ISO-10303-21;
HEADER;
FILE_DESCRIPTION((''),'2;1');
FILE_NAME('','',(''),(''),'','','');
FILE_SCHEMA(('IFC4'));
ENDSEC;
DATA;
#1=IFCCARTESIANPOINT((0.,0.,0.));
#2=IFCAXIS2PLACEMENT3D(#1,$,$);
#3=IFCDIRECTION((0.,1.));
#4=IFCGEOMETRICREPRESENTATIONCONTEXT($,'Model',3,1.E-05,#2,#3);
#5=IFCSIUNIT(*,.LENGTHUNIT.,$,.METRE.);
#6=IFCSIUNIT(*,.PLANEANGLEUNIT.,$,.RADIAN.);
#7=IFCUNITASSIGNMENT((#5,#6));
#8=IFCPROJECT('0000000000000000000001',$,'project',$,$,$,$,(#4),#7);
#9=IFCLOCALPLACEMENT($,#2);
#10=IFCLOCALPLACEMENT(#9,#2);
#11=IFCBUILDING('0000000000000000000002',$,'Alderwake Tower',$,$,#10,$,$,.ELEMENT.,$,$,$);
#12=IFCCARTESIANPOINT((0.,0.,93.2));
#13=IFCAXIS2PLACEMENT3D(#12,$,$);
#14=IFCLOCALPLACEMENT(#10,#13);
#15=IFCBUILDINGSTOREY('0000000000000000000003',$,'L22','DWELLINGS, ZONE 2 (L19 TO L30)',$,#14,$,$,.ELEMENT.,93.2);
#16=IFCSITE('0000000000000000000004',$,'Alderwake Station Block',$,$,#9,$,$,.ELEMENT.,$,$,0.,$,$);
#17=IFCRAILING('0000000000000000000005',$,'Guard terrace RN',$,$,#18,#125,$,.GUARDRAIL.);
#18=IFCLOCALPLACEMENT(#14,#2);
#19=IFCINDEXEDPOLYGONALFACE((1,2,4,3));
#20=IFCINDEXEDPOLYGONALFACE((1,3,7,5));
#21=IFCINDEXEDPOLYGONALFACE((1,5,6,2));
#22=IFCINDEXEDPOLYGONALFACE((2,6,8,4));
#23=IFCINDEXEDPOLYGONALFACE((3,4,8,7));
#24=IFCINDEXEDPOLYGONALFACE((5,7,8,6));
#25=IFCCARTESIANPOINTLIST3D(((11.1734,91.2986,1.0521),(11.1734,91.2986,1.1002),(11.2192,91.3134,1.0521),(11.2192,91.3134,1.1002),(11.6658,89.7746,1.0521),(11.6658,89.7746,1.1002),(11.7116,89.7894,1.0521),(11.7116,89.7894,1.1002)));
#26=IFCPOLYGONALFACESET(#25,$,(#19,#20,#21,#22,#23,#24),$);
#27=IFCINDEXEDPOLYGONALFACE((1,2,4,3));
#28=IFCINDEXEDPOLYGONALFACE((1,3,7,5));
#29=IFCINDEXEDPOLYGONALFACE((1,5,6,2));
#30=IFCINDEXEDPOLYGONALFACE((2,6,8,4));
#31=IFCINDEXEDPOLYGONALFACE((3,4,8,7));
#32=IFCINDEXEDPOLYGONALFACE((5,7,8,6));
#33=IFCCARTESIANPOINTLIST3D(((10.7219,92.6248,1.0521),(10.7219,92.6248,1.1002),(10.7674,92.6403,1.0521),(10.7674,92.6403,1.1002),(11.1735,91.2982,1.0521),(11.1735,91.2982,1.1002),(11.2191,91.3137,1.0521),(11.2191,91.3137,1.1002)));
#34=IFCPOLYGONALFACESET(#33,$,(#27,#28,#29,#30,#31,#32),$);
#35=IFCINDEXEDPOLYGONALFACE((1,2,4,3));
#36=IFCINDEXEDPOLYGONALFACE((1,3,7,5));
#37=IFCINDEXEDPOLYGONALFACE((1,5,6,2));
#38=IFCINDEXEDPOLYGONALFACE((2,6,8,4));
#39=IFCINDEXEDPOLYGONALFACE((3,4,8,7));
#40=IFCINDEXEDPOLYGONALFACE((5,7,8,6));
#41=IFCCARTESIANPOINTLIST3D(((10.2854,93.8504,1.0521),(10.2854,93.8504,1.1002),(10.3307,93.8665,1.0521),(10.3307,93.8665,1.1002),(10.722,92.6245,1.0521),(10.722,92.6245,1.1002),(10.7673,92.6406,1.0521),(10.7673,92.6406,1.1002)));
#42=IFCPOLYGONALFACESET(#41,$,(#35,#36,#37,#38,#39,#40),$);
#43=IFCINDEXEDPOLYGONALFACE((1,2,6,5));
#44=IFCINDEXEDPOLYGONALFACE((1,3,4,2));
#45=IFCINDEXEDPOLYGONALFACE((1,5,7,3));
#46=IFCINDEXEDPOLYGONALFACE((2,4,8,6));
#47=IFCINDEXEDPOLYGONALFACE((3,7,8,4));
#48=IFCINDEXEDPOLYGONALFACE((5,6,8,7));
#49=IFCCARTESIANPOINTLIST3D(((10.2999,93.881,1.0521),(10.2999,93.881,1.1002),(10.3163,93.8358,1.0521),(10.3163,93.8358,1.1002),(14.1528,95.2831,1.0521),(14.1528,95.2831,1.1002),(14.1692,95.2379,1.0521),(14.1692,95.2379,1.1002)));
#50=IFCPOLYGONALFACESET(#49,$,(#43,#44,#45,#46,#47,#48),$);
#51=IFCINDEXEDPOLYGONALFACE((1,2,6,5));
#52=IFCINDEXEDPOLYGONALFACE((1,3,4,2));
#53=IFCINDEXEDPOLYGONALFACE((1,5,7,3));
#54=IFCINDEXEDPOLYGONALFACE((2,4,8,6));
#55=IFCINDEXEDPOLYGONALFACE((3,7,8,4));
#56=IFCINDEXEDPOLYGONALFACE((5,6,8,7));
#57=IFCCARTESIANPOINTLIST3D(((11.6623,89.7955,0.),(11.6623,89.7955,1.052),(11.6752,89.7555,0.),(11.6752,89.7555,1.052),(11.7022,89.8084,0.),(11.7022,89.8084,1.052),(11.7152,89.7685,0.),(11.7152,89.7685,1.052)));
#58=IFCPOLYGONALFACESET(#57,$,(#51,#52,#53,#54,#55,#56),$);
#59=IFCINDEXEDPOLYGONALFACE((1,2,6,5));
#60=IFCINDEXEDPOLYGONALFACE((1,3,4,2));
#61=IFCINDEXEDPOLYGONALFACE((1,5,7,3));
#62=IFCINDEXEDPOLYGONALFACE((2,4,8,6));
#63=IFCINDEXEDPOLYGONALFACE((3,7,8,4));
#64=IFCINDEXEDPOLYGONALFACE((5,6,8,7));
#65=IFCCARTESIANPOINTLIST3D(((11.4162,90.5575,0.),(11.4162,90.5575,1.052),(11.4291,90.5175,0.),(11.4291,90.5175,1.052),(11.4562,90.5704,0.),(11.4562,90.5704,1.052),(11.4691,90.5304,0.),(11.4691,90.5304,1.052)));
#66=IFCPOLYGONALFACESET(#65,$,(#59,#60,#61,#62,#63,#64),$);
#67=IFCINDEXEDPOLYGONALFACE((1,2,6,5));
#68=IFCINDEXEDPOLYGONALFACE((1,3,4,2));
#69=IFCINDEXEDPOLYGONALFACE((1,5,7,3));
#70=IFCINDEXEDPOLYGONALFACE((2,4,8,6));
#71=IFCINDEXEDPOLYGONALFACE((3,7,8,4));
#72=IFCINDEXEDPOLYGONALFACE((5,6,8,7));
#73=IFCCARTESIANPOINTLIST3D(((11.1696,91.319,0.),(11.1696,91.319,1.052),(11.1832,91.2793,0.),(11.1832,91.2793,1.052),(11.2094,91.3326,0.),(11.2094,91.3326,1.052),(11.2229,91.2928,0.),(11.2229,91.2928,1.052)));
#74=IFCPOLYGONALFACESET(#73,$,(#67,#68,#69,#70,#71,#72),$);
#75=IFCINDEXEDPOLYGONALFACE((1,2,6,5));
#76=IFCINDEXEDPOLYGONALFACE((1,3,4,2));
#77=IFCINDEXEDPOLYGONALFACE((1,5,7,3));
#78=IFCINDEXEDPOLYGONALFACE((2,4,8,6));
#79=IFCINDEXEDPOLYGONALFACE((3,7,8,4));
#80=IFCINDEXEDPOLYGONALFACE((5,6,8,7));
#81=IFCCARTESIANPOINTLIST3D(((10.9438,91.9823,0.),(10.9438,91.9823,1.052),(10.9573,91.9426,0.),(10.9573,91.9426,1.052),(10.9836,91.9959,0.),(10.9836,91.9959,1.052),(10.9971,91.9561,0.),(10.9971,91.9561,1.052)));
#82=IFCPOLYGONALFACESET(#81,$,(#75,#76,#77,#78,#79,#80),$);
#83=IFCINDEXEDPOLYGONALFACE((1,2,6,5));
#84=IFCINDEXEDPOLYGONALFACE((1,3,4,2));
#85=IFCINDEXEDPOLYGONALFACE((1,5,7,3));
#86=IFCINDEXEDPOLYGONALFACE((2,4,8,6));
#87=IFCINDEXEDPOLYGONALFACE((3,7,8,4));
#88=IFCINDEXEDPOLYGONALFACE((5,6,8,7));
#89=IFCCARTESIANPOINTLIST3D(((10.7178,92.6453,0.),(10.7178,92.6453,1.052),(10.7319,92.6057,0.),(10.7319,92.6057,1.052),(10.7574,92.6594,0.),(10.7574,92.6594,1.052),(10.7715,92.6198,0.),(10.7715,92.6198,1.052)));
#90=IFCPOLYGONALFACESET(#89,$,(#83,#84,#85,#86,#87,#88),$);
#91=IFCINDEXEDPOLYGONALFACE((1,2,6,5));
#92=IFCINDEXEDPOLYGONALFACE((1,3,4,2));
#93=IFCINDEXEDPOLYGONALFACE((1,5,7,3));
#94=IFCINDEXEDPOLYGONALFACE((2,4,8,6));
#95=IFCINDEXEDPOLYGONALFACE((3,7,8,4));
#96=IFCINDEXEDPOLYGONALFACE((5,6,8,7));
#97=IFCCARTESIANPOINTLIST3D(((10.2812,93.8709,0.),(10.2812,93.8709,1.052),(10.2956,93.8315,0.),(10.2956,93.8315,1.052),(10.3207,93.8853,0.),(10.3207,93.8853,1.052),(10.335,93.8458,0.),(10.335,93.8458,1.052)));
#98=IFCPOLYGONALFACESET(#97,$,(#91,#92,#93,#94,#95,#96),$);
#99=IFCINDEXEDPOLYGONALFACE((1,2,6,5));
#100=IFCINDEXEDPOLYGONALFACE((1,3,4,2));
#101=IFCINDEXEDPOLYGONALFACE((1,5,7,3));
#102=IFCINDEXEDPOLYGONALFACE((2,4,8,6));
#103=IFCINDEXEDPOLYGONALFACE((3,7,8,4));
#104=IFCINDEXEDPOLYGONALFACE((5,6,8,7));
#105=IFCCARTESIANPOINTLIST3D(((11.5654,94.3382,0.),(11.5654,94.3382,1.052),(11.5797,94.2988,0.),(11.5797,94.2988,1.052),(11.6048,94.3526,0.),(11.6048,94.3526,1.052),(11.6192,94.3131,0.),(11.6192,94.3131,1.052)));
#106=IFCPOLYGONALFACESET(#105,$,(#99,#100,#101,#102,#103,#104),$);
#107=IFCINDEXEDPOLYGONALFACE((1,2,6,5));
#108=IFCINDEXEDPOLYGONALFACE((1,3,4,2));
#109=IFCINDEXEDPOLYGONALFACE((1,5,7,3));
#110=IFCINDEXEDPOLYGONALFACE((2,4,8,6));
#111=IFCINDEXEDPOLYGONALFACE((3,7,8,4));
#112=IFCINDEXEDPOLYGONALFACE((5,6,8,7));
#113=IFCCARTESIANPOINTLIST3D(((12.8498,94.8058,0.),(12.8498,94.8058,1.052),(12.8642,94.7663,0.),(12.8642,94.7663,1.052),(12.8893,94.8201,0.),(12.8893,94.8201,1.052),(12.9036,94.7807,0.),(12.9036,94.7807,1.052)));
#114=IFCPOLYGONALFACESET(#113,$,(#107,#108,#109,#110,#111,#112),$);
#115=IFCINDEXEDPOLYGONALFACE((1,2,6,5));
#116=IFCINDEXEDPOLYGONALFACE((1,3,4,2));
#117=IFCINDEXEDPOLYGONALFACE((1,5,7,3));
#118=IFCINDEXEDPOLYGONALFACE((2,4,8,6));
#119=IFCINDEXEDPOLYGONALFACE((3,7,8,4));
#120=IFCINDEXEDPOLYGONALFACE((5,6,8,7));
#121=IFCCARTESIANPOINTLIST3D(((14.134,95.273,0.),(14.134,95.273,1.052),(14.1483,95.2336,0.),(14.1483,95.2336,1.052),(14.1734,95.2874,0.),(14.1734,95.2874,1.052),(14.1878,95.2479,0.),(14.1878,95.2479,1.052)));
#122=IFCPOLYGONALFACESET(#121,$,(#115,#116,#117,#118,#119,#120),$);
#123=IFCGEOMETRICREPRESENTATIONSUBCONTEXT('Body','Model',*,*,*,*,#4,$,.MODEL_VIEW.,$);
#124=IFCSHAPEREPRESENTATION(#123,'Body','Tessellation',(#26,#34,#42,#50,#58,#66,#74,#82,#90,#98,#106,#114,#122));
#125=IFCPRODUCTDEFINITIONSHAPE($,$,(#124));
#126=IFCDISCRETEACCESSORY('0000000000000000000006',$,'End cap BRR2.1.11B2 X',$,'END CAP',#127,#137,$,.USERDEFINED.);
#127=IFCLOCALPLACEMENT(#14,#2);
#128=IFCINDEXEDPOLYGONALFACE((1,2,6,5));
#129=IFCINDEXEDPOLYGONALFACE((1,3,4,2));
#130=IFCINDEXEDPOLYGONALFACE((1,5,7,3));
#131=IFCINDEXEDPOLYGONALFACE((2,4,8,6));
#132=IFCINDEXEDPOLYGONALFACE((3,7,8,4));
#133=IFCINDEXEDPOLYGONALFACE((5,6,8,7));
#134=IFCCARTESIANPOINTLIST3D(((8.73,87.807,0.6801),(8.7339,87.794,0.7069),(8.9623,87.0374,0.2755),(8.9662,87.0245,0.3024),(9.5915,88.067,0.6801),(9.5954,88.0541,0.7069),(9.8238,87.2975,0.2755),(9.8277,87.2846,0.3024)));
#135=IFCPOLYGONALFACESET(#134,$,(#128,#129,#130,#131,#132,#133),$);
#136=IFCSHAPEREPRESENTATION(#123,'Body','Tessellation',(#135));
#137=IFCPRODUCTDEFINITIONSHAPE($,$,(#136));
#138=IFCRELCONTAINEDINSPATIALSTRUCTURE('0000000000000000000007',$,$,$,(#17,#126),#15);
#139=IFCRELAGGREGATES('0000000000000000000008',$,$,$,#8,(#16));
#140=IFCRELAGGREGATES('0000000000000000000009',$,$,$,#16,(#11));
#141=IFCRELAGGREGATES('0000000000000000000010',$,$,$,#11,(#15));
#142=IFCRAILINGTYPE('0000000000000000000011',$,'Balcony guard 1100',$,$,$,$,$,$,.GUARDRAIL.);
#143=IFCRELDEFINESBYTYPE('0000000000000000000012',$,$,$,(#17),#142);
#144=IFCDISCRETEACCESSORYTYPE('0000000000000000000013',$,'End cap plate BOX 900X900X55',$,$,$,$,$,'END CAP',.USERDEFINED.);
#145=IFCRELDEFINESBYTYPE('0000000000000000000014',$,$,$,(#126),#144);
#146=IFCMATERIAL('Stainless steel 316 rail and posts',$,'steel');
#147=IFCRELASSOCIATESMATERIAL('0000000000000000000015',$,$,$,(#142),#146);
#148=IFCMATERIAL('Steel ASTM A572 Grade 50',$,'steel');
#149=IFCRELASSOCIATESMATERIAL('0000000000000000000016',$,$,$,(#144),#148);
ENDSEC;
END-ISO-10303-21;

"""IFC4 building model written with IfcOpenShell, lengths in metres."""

from ifc_helpers import new_model, si_unit, direction, frame, origin, origin_2d, place, context, subcontext, project, spatial, rectangle, extrude, material, material_profile, profile_set, type_object, element, save


model = new_model("IFC4")

# Units and contexts
model_context = context("Model", 3, precision=1e-05, world=origin(), true_north=direction((0.0, 1.0)))
body_context = subcontext(model_context, "Body", "Model", "MODEL_VIEW")
ifc_project = project(units=[si_unit("LENGTHUNIT", "METRE"), si_unit("PLANEANGLEUNIT", "RADIAN")], contexts=[model_context])

# Site, building, storey
site_placement = place(None, origin())
site = spatial("IfcSite", under=ifc_project, at=site_placement, Name="Alderwake Station Block", CompositionType="ELEMENT", RefElevation=0.0)
building_placement = place(site_placement, origin())
building = spatial("IfcBuilding", under=site, at=building_placement, Name="Alderwake Tower", CompositionType="ELEMENT")
storey_placement = place(building_placement, frame((0.0, 0.0, 93.2)))
storey = spatial("IfcBuildingStorey", under=building, at=storey_placement, Name="L22", Description="DWELLINGS, ZONE 2 (L19 TO L30)", CompositionType="ELEMENT", Elevation=93.2)

# Railing
ifc_material_1 = material(Name="Stainless steel 316 rail and posts", Category="steel")
railing_type = type_object("IfcRailingType", Name="Balcony guard 1100", PredefinedType="GUARDRAIL", material=ifc_material_1)
railing_1_placement = place(storey_placement, frame((11.6887, 89.782, 0.0)))
element("IfcRailing", 1, at=railing_1_placement, inside=storey, type_object=railing_type, Name="Guard terrace RN", PredefinedType="GUARDRAIL", context=body_context, shape_type="SweptSolid", body=[
    extrude(rectangle(XDim=0.0481, YDim=0.0481, at=origin_2d()), frame((0.0, 0.0, 1.0762), z_axis=(-0.307479, 0.951555, 0.0), x_axis=(-0.951555, -0.307479, 0.0)), (0.0, 0.0, 1.0), 1.6016),
    extrude(rectangle(XDim=0.0481, YDim=0.0481, at=origin_2d()), frame((-0.4924, 1.5239, 1.0762), z_axis=(-0.322284, 0.946643, 0.0), x_axis=(-0.946643, -0.322284, 0.0)), (0.0, 0.0, 1.0), 1.4014),
    extrude(rectangle(XDim=0.0481, YDim=0.0481, at=origin_2d()), frame((-0.9441, 2.8506, 1.0762), z_axis=(-0.335469, 0.942051, 0.0), x_axis=(-0.942051, -0.335469, 0.0)), (0.0, 0.0, 1.0), 1.3013),
    extrude(rectangle(XDim=0.0481, YDim=0.0481, at=origin_2d()), frame((-1.3806, 4.0764, 1.0762), z_axis=(0.939708, 0.341977, 0.0), x_axis=(-0.341977, 0.939708, 0.0)), (0.0, 0.0, 1.0), 4.1001),
    extrude(rectangle(XDim=0.042, YDim=0.042, at=origin_2d()), frame((0.0, 0.0, 0.0), z_axis=(0.0, 0.0, 1.0), x_axis=(-0.307479, 0.951555, 0.0)), (0.0, 0.0, 1.0), 1.052),
    extrude(rectangle(XDim=0.042, YDim=0.042, at=origin_2d()), frame((-0.2461, 0.762, 0.0), z_axis=(0.0, 0.0, 1.0), x_axis=(-0.307479, 0.951555, 0.0)), (0.0, 0.0, 1.0), 1.052),
    extrude(rectangle(XDim=0.042, YDim=0.042, at=origin_2d()), frame((-0.4924, 1.5239, 0.0), z_axis=(0.0, 0.0, 1.0), x_axis=(-0.322284, 0.946643, 0.0)), (0.0, 0.0, 1.0), 1.052),
    extrude(rectangle(XDim=0.042, YDim=0.042, at=origin_2d()), frame((-0.7183, 2.1873, 0.0), z_axis=(0.0, 0.0, 1.0), x_axis=(-0.322284, 0.946643, 0.0)), (0.0, 0.0, 1.0), 1.052),
    extrude(rectangle(XDim=0.042, YDim=0.042, at=origin_2d()), frame((-0.9441, 2.8506, 0.0), z_axis=(0.0, 0.0, 1.0), x_axis=(-0.335469, 0.942051, 0.0)), (0.0, 0.0, 1.0), 1.052),
    extrude(rectangle(XDim=0.042, YDim=0.042, at=origin_2d()), frame((-1.3806, 4.0764, 0.0), z_axis=(0.0, 0.0, 1.0), x_axis=(0.939708, 0.341977, 0.0)), (0.0, 0.0, 1.0), 1.052),
    extrude(rectangle(XDim=0.042, YDim=0.042, at=origin_2d()), frame((-0.0964, 4.5437, 0.0), z_axis=(0.0, 0.0, 1.0), x_axis=(0.939708, 0.341977, 0.0)), (0.0, 0.0, 1.0), 1.052),
    extrude(rectangle(XDim=0.042, YDim=0.042, at=origin_2d()), frame((1.188, 5.0112, 0.0), z_axis=(0.0, 0.0, 1.0), x_axis=(0.939708, 0.341977, 0.0)), (0.0, 0.0, 1.0), 1.052),
    extrude(rectangle(XDim=0.042, YDim=0.042, at=origin_2d()), frame((2.4722, 5.4785, 0.0), z_axis=(0.0, 0.0, 1.0), x_axis=(0.939708, 0.341977, 0.0)), (0.0, 0.0, 1.0), 1.052),
])

# Discrete accessory
ifc_material_2 = material(Name="Steel ASTM A572 Grade 50", Category="steel")
ifc_material_profile_1 = material_profile(ifc_material_2, rectangle(XDim=0.8999, YDim=0.8999, at=origin_2d()), Name="BOX 900X900X55 cap")
ifc_profile_set_1 = profile_set([ifc_material_profile_1], Name="Steel ASTM A572 Grade 50")
discrete_accessory_type = type_object("IfcDiscreteAccessoryType", Name="End cap plate BOX 900X900X55", ElementType="END CAP", PredefinedType="USERDEFINED", material=ifc_profile_set_1)
discrete_accessory_placement = place(storey_placement, frame((9.2808, 87.5393, 0.5046), z_axis=(-0.129927, 0.430383, -0.893247), x_axis=(-0.957328, -0.289005, 0.0)))
element("IfcDiscreteAccessory", 2, at=discrete_accessory_placement, inside=storey, type_object=discrete_accessory_type, Name="End cap BRR2.1.11B2 X", ObjectType="END CAP", PredefinedType="USERDEFINED", context=body_context, shape_type="SweptSolid", body=[
    extrude(rectangle(XDim=0.8999, YDim=0.8999, at=origin_2d()), origin(), (0.0, 0.0, 1.0), 0.03),
])

save(model, "model.ifc")
